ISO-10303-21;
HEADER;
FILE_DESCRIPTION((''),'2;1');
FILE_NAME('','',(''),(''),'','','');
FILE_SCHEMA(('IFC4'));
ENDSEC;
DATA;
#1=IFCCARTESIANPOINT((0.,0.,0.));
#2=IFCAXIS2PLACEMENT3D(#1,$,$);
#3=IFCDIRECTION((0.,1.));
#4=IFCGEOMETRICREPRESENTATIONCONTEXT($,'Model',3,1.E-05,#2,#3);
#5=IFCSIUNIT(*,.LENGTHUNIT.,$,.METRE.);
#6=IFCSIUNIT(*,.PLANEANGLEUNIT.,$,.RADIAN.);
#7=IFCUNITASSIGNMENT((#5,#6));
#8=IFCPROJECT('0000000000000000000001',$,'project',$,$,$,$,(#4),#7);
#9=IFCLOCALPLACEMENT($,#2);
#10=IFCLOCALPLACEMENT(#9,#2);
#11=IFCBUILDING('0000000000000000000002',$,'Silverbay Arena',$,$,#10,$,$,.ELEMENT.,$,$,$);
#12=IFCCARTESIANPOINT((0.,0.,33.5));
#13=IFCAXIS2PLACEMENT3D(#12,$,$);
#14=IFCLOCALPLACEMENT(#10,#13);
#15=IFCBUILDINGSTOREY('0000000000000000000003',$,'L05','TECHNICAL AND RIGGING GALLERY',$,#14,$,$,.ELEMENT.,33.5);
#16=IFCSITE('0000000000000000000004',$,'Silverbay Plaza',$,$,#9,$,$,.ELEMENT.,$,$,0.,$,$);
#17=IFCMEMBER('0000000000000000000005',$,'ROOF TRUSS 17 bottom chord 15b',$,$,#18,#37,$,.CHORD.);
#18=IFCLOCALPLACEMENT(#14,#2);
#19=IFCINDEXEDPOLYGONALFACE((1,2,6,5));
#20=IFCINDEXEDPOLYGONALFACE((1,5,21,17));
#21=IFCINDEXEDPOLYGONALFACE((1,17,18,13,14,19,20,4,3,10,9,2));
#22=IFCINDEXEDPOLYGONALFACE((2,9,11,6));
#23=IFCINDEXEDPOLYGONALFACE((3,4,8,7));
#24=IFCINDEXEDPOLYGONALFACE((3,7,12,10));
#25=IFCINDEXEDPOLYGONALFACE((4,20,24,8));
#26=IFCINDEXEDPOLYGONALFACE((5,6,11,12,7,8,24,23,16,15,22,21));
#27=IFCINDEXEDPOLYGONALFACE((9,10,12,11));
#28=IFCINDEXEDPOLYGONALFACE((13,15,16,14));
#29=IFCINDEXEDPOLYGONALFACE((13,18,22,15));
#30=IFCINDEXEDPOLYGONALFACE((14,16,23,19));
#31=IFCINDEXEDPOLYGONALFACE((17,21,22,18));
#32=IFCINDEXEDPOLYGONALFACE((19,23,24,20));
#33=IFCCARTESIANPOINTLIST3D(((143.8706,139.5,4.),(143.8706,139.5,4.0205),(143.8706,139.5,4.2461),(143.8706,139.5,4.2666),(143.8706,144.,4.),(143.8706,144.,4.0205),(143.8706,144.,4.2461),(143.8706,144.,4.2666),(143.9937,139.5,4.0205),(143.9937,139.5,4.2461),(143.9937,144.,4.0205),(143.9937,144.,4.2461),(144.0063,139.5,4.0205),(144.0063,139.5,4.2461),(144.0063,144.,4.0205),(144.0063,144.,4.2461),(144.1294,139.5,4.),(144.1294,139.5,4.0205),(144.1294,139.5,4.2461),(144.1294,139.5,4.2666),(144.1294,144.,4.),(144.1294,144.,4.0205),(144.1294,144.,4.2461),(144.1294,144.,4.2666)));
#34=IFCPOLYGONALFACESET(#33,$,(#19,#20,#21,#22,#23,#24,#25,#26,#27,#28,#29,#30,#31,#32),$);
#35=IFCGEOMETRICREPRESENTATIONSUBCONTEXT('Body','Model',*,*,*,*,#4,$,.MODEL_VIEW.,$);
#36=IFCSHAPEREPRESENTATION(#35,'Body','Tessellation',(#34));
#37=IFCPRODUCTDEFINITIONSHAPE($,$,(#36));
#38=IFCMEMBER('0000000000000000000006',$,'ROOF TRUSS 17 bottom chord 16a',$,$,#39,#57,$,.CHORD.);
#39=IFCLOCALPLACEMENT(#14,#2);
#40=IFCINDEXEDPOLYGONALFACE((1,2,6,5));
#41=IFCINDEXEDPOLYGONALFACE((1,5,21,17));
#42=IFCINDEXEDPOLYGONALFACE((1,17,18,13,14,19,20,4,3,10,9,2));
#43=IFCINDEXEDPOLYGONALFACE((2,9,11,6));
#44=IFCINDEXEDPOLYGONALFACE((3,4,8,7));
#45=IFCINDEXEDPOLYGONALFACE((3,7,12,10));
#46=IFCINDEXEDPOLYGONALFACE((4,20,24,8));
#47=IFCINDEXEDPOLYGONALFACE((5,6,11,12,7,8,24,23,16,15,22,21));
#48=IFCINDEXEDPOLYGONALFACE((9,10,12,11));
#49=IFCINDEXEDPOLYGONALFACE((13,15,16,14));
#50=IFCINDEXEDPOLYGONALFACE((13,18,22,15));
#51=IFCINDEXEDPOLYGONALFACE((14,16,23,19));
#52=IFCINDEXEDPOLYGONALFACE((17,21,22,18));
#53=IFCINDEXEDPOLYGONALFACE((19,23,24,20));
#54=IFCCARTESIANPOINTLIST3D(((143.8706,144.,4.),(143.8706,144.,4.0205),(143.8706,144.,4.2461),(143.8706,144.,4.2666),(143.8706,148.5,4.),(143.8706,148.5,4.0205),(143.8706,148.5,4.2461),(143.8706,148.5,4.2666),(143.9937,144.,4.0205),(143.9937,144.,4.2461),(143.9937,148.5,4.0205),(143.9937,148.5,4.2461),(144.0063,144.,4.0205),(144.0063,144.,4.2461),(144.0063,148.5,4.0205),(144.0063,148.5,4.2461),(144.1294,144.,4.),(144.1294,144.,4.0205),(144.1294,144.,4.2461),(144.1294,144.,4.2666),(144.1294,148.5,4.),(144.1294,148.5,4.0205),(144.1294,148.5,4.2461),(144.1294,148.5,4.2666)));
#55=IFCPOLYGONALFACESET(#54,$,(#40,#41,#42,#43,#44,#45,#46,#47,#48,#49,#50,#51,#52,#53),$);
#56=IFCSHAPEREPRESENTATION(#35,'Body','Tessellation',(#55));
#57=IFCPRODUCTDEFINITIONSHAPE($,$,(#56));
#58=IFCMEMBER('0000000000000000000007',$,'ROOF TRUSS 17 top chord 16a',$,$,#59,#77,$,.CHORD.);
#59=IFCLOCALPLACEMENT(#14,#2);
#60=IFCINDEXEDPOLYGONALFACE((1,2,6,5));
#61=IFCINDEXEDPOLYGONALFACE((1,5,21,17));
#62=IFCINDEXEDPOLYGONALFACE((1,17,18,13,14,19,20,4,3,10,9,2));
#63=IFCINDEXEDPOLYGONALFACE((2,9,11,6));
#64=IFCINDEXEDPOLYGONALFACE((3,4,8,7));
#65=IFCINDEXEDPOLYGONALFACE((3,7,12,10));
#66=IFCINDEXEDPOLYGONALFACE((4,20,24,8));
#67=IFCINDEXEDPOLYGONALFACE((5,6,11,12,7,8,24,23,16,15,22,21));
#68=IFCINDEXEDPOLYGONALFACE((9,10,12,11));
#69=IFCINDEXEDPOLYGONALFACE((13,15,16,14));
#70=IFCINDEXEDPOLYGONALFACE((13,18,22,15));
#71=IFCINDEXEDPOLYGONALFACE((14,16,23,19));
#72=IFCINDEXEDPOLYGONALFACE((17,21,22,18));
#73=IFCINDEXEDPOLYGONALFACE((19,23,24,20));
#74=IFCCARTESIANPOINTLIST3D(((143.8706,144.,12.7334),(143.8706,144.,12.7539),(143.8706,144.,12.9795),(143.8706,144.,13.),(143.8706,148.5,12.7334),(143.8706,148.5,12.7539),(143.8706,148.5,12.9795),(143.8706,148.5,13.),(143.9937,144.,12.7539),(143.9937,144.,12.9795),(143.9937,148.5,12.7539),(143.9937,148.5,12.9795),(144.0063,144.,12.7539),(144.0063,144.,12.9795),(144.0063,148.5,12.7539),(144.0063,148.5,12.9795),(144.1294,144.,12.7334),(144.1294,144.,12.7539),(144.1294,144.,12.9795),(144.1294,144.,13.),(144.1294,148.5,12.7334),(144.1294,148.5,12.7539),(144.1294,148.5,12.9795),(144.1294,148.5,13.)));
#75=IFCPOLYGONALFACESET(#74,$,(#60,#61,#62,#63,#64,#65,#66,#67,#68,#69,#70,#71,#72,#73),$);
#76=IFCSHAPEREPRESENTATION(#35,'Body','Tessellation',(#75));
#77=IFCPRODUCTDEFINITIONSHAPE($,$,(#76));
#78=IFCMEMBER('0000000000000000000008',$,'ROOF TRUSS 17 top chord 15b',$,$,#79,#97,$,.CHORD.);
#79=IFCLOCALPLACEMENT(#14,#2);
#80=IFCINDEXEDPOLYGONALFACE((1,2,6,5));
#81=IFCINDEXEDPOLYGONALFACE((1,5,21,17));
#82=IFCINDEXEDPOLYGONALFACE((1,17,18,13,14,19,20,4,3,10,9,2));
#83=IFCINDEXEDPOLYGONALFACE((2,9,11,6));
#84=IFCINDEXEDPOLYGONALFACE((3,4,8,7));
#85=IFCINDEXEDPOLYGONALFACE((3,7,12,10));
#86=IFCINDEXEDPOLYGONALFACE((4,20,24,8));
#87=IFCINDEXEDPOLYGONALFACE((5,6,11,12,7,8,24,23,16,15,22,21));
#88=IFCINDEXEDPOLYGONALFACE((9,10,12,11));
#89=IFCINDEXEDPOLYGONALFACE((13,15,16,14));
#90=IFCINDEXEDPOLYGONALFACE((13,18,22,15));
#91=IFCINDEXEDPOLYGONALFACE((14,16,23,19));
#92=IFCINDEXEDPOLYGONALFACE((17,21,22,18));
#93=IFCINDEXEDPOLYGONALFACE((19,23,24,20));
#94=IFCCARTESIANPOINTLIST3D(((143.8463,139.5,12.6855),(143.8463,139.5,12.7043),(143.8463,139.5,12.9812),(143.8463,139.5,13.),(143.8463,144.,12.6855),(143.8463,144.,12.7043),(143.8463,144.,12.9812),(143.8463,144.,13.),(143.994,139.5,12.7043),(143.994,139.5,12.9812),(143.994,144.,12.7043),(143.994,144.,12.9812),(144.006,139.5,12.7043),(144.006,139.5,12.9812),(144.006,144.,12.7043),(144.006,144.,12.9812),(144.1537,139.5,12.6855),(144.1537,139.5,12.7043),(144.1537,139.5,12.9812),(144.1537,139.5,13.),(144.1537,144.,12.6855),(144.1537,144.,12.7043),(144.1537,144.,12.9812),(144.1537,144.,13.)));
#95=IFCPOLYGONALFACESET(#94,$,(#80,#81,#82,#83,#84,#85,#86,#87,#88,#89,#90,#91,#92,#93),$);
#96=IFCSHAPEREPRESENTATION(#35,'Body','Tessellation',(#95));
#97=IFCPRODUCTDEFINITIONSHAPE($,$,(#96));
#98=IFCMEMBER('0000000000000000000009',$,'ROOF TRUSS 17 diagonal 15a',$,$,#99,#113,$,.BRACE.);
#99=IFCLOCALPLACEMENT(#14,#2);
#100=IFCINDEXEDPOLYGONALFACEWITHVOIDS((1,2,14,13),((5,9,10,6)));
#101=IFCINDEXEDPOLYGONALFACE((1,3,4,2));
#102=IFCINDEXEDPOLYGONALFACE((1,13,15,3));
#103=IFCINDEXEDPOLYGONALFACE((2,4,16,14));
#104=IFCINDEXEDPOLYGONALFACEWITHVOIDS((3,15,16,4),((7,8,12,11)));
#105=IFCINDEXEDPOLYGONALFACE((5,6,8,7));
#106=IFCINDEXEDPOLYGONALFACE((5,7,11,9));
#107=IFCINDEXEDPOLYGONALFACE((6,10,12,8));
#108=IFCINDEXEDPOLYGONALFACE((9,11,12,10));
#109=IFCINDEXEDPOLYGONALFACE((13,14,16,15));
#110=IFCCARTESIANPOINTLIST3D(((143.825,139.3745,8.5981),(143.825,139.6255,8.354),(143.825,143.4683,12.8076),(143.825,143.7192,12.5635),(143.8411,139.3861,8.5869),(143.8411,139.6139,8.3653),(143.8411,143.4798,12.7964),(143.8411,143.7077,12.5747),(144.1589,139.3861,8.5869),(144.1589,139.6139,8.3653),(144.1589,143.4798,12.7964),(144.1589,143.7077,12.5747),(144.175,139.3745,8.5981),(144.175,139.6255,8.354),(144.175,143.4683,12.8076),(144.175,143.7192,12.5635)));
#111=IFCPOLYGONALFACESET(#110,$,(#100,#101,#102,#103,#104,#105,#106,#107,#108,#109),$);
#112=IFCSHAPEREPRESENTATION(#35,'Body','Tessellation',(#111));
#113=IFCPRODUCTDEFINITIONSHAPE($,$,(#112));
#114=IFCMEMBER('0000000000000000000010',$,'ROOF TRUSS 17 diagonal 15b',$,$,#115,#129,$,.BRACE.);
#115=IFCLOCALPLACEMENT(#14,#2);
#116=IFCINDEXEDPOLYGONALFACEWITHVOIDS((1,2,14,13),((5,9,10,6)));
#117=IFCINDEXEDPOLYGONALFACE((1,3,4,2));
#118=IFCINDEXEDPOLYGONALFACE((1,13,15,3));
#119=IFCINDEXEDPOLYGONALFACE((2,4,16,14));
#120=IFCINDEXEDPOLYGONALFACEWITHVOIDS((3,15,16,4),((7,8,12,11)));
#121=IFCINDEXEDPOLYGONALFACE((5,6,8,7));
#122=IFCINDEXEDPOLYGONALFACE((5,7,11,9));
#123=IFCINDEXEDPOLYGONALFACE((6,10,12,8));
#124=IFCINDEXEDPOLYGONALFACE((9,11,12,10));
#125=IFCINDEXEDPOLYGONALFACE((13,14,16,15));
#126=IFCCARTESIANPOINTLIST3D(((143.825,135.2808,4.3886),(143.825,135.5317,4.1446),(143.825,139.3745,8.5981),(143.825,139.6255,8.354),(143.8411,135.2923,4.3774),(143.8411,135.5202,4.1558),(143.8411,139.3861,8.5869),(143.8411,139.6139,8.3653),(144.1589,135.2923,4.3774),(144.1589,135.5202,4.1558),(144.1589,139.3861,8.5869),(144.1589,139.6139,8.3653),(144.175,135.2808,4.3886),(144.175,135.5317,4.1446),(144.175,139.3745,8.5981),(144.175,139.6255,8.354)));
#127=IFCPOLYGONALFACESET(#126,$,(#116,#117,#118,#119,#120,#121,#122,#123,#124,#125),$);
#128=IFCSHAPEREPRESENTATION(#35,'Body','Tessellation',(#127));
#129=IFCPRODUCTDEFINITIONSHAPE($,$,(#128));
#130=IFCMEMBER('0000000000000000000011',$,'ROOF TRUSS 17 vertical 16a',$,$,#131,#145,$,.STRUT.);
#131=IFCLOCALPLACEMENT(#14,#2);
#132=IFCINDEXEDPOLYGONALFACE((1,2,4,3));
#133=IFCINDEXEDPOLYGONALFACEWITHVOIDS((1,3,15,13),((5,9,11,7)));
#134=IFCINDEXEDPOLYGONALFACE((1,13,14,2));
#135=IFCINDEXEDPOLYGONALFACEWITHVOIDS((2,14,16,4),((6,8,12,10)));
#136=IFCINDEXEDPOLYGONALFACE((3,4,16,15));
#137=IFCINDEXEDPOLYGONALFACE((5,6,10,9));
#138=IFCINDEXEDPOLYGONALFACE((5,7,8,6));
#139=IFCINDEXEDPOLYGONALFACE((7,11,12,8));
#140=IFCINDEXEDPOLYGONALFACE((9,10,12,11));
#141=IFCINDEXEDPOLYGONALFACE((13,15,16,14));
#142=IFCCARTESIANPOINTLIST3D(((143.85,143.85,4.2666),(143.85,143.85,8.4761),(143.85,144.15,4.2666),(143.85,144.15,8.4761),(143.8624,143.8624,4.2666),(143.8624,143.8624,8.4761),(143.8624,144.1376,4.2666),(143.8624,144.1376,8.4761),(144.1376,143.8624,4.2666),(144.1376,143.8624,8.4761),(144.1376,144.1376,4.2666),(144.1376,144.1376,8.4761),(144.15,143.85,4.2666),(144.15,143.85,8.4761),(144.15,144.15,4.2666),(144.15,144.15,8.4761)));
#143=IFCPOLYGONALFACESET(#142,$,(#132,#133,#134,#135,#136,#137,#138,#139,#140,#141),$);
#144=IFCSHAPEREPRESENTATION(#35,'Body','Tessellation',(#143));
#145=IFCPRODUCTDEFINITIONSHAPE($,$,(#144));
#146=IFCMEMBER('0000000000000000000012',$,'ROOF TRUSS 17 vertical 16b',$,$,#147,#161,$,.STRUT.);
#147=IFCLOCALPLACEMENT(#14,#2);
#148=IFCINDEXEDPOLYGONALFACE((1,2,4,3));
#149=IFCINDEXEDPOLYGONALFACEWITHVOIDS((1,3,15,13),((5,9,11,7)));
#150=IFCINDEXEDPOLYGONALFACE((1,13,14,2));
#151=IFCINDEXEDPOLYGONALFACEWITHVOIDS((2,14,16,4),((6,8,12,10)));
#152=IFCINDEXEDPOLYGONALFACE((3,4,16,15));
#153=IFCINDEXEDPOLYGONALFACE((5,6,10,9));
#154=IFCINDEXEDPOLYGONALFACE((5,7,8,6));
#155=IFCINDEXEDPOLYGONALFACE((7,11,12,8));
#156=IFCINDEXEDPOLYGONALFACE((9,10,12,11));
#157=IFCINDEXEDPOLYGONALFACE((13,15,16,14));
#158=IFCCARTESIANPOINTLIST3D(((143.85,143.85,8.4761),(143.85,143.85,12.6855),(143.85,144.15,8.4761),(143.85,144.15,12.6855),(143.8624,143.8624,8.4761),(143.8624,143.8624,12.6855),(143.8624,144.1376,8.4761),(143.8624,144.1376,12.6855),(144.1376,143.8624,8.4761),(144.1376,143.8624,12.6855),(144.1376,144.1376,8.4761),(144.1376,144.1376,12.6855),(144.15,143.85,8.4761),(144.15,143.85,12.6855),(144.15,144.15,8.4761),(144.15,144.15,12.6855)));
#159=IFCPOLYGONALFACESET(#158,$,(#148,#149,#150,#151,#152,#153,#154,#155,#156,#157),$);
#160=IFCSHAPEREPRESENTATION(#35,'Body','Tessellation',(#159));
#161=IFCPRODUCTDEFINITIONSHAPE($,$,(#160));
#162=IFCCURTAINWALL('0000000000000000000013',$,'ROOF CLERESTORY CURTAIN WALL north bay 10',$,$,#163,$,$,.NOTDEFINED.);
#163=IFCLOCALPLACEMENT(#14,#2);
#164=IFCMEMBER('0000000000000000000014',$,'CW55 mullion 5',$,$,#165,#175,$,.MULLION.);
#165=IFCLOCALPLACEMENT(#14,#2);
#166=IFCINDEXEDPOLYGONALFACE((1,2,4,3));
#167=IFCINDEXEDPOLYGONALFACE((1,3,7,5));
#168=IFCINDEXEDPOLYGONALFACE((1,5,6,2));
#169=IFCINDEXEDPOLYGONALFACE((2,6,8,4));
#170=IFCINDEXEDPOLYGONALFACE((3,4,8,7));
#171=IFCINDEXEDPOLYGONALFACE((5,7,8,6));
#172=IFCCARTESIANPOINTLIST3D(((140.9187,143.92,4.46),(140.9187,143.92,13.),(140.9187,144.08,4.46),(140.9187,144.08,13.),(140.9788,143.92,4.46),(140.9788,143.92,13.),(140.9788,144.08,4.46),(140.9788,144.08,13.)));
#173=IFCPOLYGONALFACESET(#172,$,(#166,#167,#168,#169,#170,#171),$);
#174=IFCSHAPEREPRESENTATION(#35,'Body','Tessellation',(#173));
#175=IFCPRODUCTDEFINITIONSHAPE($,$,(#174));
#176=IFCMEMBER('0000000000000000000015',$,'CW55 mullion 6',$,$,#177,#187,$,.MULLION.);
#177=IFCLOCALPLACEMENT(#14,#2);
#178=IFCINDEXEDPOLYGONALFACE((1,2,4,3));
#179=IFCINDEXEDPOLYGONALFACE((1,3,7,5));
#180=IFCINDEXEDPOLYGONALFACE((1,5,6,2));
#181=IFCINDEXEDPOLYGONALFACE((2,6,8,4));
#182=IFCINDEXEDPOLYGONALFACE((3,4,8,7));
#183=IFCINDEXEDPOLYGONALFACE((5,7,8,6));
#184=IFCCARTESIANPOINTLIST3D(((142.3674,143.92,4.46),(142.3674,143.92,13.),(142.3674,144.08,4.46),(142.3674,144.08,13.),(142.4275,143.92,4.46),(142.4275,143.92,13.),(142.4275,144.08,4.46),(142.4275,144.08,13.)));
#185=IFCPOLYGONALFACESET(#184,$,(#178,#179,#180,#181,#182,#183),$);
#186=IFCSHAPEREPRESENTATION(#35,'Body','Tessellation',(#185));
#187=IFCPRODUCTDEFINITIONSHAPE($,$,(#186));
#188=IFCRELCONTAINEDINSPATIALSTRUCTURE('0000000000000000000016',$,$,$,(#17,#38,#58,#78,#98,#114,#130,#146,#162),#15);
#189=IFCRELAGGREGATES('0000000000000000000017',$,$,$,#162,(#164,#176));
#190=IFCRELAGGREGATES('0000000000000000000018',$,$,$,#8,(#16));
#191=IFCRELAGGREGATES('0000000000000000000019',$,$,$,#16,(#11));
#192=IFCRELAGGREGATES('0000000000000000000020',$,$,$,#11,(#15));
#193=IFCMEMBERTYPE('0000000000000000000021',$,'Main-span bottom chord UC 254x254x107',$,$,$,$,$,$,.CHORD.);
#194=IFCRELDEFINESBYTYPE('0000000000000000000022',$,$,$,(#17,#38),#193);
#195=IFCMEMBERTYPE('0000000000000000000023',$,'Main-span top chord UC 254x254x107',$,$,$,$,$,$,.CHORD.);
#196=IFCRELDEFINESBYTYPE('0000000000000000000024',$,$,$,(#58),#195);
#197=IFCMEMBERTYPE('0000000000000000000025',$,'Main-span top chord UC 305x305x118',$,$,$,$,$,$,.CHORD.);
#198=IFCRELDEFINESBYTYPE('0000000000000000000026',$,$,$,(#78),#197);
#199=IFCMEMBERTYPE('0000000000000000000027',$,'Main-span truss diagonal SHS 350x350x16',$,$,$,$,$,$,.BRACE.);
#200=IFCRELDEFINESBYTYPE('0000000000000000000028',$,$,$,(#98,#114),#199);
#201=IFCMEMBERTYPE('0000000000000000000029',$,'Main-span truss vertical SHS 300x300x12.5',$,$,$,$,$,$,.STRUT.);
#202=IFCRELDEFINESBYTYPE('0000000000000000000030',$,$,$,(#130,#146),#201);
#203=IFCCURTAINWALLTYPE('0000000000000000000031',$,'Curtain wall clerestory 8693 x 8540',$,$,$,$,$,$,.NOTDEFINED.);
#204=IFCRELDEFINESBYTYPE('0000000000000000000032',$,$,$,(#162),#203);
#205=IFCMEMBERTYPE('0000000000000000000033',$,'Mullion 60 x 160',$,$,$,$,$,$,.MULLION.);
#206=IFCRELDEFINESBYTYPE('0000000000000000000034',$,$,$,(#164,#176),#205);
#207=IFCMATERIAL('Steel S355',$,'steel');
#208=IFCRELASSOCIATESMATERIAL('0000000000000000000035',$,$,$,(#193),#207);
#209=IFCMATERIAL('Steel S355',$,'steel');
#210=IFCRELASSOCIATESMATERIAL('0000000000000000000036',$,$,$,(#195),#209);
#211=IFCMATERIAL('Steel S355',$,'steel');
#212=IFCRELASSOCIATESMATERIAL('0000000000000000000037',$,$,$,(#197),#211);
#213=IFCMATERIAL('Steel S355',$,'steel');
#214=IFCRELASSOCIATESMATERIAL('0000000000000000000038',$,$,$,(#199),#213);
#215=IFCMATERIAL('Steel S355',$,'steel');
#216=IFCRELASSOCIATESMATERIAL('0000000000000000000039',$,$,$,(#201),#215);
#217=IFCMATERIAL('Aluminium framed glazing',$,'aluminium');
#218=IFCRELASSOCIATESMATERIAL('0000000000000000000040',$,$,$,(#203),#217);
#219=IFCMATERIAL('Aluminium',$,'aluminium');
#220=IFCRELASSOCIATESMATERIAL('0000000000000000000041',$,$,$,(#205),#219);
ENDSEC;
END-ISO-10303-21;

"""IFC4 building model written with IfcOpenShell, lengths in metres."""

from ifc_helpers import new_model, si_unit, direction, frame, origin, origin_2d, place, context, subcontext, project, spatial, rectangle, hollow_rectangle, i_section, extrude, material, material_profile, profile_set, type_object, element, aggregate, save


model = new_model("IFC4")

# Units and contexts
model_context = context("Model", 3, precision=1e-05, world=origin(), true_north=direction((0.0, 1.0)))
body_context = subcontext(model_context, "Body", "Model", "MODEL_VIEW")
ifc_project = project(units=[si_unit("LENGTHUNIT", "METRE"), si_unit("PLANEANGLEUNIT", "RADIAN")], contexts=[model_context])

# Site, building, storey
site_placement = place(None, origin())
site = spatial("IfcSite", under=ifc_project, at=site_placement, Name="Silverbay Plaza", CompositionType="ELEMENT", RefElevation=0.0)
building_placement = place(site_placement, origin())
building = spatial("IfcBuilding", under=site, at=building_placement, Name="Silverbay Arena", CompositionType="ELEMENT")
storey_placement = place(building_placement, frame((0.0, 0.0, 33.5)))
storey = spatial("IfcBuildingStorey", under=building, at=storey_placement, Name="L05", Description="TECHNICAL AND RIGGING GALLERY", CompositionType="ELEMENT", Elevation=33.5)

# Members
ifc_material_1 = material(Name="Steel S355", Category="steel")
ifc_material_profile_1 = material_profile(ifc_material_1, i_section(OverallWidth=0.2588, OverallDepth=0.2666, WebThickness=0.0127, FlangeThickness=0.0205, at=origin_2d()), Name="UC 254x254x107")
ifc_profile_set_1 = profile_set([ifc_material_profile_1], Name="Steel S355")
member_type_1 = type_object("IfcMemberType", Name="Main-span bottom chord UC 254x254x107", PredefinedType="CHORD", material=ifc_profile_set_1)
for number, where, z_axis, x_axis, name in (
    (1, (144.0, 139.5, 4.1333), (0.0, 1.0, 0.0), (-1.0, 0.0, 0.0), "ROOF TRUSS 17 bottom chord 15b"),
    (2, (144.0, 144.0, 4.1333), (0.0, 1.0, 0.0), (-1.0, 0.0, 0.0), "ROOF TRUSS 17 bottom chord 16a"),
):
    element("IfcMember", number, at=place(storey_placement, frame(where, z_axis=z_axis, x_axis=x_axis)), inside=storey, type_object=member_type_1, Name=name, PredefinedType="CHORD", context=body_context, shape_type="SweptSolid", body=[
        extrude(i_section(OverallWidth=0.2588, OverallDepth=0.2666, WebThickness=0.0127, FlangeThickness=0.0205, at=origin_2d()), origin(), (0.0, 0.0, 1.0), 4.5),
    ])
ifc_material_2 = material(Name="Steel S355", Category="steel")
ifc_material_profile_2 = material_profile(ifc_material_2, i_section(OverallWidth=0.2588, OverallDepth=0.2666, WebThickness=0.0127, FlangeThickness=0.0205, at=origin_2d()), Name="UC 254x254x107")
ifc_profile_set_2 = profile_set([ifc_material_profile_2], Name="Steel S355")
member_type_2 = type_object("IfcMemberType", Name="Main-span top chord UC 254x254x107", PredefinedType="CHORD", material=ifc_profile_set_2)
member_1_placement = place(storey_placement, frame((144.0, 144.0, 12.8667), z_axis=(0.0, 1.0, 0.0), x_axis=(-1.0, 0.0, 0.0)))
element("IfcMember", 3, at=member_1_placement, inside=storey, type_object=member_type_2, Name="ROOF TRUSS 17 top chord 16a", PredefinedType="CHORD", context=body_context, shape_type="SweptSolid", body=[
    extrude(i_section(OverallWidth=0.2588, OverallDepth=0.2666, WebThickness=0.0127, FlangeThickness=0.0205, at=origin_2d()), origin(), (0.0, 0.0, 1.0), 4.5),
])
ifc_material_3 = material(Name="Steel S355", Category="steel")
ifc_material_profile_3 = material_profile(ifc_material_3, i_section(OverallWidth=0.3074, OverallDepth=0.3145, WebThickness=0.012, FlangeThickness=0.0188, at=origin_2d()), Name="UC 305x305x118")
ifc_profile_set_3 = profile_set([ifc_material_profile_3], Name="Steel S355")
member_type_3 = type_object("IfcMemberType", Name="Main-span top chord UC 305x305x118", PredefinedType="CHORD", material=ifc_profile_set_3)
member_2_placement = place(storey_placement, frame((144.0, 139.5, 12.8428), z_axis=(0.0, 1.0, 0.0), x_axis=(-1.0, 0.0, 0.0)))
element("IfcMember", 4, at=member_2_placement, inside=storey, type_object=member_type_3, Name="ROOF TRUSS 17 top chord 15b", PredefinedType="CHORD", context=body_context, shape_type="SweptSolid", body=[
    extrude(i_section(OverallWidth=0.3074, OverallDepth=0.3145, WebThickness=0.012, FlangeThickness=0.0188, at=origin_2d()), origin(), (0.0, 0.0, 1.0), 4.5),
])
ifc_material_4 = material(Name="Steel S355", Category="steel")
ifc_material_profile_4 = material_profile(ifc_material_4, hollow_rectangle(XDim=0.3501, YDim=0.3501, WallThickness=0.0161, at=origin_2d()), Name="SHS 350x350x16")
ifc_profile_set_4 = profile_set([ifc_material_profile_4], Name="Steel S355")
member_type_4 = type_object("IfcMemberType", Name="Main-span truss diagonal SHS 350x350x16", PredefinedType="BRACE", material=ifc_profile_set_4)
for number, where, z_axis, x_axis, name in (
    (5, (144.0, 143.5938, 12.6855), (0.0, -0.697184, -0.716892), (1.0, 0.0, 0.0), "ROOF TRUSS 17 diagonal 15a"),
    (6, (144.0, 139.5, 8.4761), (0.0, -0.697184, -0.716892), (1.0, 0.0, 0.0), "ROOF TRUSS 17 diagonal 15b"),
):
    element("IfcMember", number, at=place(storey_placement, frame(where, z_axis=z_axis, x_axis=x_axis)), inside=storey, type_object=member_type_4, Name=name, PredefinedType="BRACE", context=body_context, shape_type="SweptSolid", body=[
        extrude(hollow_rectangle(XDim=0.3501, YDim=0.3501, WallThickness=0.0161, at=origin_2d()), origin(), (0.0, 0.0, 1.0), 5.8718),
    ])
ifc_material_5 = material(Name="Steel S355", Category="steel")
ifc_material_profile_5 = material_profile(ifc_material_5, hollow_rectangle(XDim=0.3, YDim=0.3, WallThickness=0.0125, at=origin_2d()), Name="SHS 300x300x12.5")
ifc_profile_set_5 = profile_set([ifc_material_profile_5], Name="Steel S355")
member_type_5 = type_object("IfcMemberType", Name="Main-span truss vertical SHS 300x300x12.5", PredefinedType="STRUT", material=ifc_profile_set_5)
for number, where, z_axis, x_axis, name in (
    (7, (144.0, 144.0, 4.2666), (0.0, 0.0, 1.0), (1.0, 0.0, 0.0), "ROOF TRUSS 17 vertical 16a"),
    (8, (144.0, 144.0, 8.4761), (0.0, 0.0, 1.0), (1.0, 0.0, 0.0), "ROOF TRUSS 17 vertical 16b"),
):
    element("IfcMember", number, at=place(storey_placement, frame(where, z_axis=z_axis, x_axis=x_axis)), inside=storey, type_object=member_type_5, Name=name, PredefinedType="STRUT", context=body_context, shape_type="SweptSolid", body=[
        extrude(hollow_rectangle(XDim=0.3, YDim=0.3, WallThickness=0.0125, at=origin_2d()), origin(), (0.0, 0.0, 1.0), 4.2095),
    ])

# Curtain wall, members
ifc_material_6 = material(Name="Aluminium framed glazing", Category="aluminium")
curtain_wall_type = type_object("IfcCurtainWallType", Name="Curtain wall clerestory 8693 x 8540", PredefinedType="NOTDEFINED", material=ifc_material_6)
curtain_wall_1_placement = place(storey_placement, origin())
curtain_wall_1 = element("IfcCurtainWall", 9, at=curtain_wall_1_placement, inside=storey, type_object=curtain_wall_type, Name="ROOF CLERESTORY CURTAIN WALL north bay 10", PredefinedType="NOTDEFINED")
ifc_material_7 = material(Name="Aluminium", Category="aluminium")
ifc_material_profile_6 = material_profile(ifc_material_7, rectangle(XDim=0.1599, YDim=0.0601, at=origin_2d()), Name="Mullion 60 x 160")
ifc_profile_set_6 = profile_set([ifc_material_profile_6], Name="Aluminium")
member_type_6 = type_object("IfcMemberType", Name="Mullion 60 x 160", PredefinedType="MULLION", material=ifc_profile_set_6)
member_3_placement = place(storey_placement, frame((140.9487, 144.0, 4.46), z_axis=(0.0, 0.0, 1.0), x_axis=(0.0, 1.0, 0.0)))
member_3 = element("IfcMember", 10, at=member_3_placement, type_object=member_type_6, Name="CW55 mullion 5", PredefinedType="MULLION", context=body_context, shape_type="SweptSolid", body=[
    extrude(rectangle(XDim=0.1599, YDim=0.0601, at=origin_2d()), origin(), (0.0, 0.0, 1.0), 8.54),
])
member_4_placement = place(storey_placement, frame((142.3975, 144.0, 4.46), z_axis=(0.0, 0.0, 1.0), x_axis=(0.0, 1.0, 0.0)))
member_4 = element("IfcMember", 11, at=member_4_placement, type_object=member_type_6, Name="CW55 mullion 6", PredefinedType="MULLION", context=body_context, shape_type="SweptSolid", body=[
    extrude(rectangle(XDim=0.1599, YDim=0.0601, at=origin_2d()), origin(), (0.0, 0.0, 1.0), 8.54),
])

aggregate(curtain_wall_1, [member_3, member_4])

save(model, "model.ifc")
